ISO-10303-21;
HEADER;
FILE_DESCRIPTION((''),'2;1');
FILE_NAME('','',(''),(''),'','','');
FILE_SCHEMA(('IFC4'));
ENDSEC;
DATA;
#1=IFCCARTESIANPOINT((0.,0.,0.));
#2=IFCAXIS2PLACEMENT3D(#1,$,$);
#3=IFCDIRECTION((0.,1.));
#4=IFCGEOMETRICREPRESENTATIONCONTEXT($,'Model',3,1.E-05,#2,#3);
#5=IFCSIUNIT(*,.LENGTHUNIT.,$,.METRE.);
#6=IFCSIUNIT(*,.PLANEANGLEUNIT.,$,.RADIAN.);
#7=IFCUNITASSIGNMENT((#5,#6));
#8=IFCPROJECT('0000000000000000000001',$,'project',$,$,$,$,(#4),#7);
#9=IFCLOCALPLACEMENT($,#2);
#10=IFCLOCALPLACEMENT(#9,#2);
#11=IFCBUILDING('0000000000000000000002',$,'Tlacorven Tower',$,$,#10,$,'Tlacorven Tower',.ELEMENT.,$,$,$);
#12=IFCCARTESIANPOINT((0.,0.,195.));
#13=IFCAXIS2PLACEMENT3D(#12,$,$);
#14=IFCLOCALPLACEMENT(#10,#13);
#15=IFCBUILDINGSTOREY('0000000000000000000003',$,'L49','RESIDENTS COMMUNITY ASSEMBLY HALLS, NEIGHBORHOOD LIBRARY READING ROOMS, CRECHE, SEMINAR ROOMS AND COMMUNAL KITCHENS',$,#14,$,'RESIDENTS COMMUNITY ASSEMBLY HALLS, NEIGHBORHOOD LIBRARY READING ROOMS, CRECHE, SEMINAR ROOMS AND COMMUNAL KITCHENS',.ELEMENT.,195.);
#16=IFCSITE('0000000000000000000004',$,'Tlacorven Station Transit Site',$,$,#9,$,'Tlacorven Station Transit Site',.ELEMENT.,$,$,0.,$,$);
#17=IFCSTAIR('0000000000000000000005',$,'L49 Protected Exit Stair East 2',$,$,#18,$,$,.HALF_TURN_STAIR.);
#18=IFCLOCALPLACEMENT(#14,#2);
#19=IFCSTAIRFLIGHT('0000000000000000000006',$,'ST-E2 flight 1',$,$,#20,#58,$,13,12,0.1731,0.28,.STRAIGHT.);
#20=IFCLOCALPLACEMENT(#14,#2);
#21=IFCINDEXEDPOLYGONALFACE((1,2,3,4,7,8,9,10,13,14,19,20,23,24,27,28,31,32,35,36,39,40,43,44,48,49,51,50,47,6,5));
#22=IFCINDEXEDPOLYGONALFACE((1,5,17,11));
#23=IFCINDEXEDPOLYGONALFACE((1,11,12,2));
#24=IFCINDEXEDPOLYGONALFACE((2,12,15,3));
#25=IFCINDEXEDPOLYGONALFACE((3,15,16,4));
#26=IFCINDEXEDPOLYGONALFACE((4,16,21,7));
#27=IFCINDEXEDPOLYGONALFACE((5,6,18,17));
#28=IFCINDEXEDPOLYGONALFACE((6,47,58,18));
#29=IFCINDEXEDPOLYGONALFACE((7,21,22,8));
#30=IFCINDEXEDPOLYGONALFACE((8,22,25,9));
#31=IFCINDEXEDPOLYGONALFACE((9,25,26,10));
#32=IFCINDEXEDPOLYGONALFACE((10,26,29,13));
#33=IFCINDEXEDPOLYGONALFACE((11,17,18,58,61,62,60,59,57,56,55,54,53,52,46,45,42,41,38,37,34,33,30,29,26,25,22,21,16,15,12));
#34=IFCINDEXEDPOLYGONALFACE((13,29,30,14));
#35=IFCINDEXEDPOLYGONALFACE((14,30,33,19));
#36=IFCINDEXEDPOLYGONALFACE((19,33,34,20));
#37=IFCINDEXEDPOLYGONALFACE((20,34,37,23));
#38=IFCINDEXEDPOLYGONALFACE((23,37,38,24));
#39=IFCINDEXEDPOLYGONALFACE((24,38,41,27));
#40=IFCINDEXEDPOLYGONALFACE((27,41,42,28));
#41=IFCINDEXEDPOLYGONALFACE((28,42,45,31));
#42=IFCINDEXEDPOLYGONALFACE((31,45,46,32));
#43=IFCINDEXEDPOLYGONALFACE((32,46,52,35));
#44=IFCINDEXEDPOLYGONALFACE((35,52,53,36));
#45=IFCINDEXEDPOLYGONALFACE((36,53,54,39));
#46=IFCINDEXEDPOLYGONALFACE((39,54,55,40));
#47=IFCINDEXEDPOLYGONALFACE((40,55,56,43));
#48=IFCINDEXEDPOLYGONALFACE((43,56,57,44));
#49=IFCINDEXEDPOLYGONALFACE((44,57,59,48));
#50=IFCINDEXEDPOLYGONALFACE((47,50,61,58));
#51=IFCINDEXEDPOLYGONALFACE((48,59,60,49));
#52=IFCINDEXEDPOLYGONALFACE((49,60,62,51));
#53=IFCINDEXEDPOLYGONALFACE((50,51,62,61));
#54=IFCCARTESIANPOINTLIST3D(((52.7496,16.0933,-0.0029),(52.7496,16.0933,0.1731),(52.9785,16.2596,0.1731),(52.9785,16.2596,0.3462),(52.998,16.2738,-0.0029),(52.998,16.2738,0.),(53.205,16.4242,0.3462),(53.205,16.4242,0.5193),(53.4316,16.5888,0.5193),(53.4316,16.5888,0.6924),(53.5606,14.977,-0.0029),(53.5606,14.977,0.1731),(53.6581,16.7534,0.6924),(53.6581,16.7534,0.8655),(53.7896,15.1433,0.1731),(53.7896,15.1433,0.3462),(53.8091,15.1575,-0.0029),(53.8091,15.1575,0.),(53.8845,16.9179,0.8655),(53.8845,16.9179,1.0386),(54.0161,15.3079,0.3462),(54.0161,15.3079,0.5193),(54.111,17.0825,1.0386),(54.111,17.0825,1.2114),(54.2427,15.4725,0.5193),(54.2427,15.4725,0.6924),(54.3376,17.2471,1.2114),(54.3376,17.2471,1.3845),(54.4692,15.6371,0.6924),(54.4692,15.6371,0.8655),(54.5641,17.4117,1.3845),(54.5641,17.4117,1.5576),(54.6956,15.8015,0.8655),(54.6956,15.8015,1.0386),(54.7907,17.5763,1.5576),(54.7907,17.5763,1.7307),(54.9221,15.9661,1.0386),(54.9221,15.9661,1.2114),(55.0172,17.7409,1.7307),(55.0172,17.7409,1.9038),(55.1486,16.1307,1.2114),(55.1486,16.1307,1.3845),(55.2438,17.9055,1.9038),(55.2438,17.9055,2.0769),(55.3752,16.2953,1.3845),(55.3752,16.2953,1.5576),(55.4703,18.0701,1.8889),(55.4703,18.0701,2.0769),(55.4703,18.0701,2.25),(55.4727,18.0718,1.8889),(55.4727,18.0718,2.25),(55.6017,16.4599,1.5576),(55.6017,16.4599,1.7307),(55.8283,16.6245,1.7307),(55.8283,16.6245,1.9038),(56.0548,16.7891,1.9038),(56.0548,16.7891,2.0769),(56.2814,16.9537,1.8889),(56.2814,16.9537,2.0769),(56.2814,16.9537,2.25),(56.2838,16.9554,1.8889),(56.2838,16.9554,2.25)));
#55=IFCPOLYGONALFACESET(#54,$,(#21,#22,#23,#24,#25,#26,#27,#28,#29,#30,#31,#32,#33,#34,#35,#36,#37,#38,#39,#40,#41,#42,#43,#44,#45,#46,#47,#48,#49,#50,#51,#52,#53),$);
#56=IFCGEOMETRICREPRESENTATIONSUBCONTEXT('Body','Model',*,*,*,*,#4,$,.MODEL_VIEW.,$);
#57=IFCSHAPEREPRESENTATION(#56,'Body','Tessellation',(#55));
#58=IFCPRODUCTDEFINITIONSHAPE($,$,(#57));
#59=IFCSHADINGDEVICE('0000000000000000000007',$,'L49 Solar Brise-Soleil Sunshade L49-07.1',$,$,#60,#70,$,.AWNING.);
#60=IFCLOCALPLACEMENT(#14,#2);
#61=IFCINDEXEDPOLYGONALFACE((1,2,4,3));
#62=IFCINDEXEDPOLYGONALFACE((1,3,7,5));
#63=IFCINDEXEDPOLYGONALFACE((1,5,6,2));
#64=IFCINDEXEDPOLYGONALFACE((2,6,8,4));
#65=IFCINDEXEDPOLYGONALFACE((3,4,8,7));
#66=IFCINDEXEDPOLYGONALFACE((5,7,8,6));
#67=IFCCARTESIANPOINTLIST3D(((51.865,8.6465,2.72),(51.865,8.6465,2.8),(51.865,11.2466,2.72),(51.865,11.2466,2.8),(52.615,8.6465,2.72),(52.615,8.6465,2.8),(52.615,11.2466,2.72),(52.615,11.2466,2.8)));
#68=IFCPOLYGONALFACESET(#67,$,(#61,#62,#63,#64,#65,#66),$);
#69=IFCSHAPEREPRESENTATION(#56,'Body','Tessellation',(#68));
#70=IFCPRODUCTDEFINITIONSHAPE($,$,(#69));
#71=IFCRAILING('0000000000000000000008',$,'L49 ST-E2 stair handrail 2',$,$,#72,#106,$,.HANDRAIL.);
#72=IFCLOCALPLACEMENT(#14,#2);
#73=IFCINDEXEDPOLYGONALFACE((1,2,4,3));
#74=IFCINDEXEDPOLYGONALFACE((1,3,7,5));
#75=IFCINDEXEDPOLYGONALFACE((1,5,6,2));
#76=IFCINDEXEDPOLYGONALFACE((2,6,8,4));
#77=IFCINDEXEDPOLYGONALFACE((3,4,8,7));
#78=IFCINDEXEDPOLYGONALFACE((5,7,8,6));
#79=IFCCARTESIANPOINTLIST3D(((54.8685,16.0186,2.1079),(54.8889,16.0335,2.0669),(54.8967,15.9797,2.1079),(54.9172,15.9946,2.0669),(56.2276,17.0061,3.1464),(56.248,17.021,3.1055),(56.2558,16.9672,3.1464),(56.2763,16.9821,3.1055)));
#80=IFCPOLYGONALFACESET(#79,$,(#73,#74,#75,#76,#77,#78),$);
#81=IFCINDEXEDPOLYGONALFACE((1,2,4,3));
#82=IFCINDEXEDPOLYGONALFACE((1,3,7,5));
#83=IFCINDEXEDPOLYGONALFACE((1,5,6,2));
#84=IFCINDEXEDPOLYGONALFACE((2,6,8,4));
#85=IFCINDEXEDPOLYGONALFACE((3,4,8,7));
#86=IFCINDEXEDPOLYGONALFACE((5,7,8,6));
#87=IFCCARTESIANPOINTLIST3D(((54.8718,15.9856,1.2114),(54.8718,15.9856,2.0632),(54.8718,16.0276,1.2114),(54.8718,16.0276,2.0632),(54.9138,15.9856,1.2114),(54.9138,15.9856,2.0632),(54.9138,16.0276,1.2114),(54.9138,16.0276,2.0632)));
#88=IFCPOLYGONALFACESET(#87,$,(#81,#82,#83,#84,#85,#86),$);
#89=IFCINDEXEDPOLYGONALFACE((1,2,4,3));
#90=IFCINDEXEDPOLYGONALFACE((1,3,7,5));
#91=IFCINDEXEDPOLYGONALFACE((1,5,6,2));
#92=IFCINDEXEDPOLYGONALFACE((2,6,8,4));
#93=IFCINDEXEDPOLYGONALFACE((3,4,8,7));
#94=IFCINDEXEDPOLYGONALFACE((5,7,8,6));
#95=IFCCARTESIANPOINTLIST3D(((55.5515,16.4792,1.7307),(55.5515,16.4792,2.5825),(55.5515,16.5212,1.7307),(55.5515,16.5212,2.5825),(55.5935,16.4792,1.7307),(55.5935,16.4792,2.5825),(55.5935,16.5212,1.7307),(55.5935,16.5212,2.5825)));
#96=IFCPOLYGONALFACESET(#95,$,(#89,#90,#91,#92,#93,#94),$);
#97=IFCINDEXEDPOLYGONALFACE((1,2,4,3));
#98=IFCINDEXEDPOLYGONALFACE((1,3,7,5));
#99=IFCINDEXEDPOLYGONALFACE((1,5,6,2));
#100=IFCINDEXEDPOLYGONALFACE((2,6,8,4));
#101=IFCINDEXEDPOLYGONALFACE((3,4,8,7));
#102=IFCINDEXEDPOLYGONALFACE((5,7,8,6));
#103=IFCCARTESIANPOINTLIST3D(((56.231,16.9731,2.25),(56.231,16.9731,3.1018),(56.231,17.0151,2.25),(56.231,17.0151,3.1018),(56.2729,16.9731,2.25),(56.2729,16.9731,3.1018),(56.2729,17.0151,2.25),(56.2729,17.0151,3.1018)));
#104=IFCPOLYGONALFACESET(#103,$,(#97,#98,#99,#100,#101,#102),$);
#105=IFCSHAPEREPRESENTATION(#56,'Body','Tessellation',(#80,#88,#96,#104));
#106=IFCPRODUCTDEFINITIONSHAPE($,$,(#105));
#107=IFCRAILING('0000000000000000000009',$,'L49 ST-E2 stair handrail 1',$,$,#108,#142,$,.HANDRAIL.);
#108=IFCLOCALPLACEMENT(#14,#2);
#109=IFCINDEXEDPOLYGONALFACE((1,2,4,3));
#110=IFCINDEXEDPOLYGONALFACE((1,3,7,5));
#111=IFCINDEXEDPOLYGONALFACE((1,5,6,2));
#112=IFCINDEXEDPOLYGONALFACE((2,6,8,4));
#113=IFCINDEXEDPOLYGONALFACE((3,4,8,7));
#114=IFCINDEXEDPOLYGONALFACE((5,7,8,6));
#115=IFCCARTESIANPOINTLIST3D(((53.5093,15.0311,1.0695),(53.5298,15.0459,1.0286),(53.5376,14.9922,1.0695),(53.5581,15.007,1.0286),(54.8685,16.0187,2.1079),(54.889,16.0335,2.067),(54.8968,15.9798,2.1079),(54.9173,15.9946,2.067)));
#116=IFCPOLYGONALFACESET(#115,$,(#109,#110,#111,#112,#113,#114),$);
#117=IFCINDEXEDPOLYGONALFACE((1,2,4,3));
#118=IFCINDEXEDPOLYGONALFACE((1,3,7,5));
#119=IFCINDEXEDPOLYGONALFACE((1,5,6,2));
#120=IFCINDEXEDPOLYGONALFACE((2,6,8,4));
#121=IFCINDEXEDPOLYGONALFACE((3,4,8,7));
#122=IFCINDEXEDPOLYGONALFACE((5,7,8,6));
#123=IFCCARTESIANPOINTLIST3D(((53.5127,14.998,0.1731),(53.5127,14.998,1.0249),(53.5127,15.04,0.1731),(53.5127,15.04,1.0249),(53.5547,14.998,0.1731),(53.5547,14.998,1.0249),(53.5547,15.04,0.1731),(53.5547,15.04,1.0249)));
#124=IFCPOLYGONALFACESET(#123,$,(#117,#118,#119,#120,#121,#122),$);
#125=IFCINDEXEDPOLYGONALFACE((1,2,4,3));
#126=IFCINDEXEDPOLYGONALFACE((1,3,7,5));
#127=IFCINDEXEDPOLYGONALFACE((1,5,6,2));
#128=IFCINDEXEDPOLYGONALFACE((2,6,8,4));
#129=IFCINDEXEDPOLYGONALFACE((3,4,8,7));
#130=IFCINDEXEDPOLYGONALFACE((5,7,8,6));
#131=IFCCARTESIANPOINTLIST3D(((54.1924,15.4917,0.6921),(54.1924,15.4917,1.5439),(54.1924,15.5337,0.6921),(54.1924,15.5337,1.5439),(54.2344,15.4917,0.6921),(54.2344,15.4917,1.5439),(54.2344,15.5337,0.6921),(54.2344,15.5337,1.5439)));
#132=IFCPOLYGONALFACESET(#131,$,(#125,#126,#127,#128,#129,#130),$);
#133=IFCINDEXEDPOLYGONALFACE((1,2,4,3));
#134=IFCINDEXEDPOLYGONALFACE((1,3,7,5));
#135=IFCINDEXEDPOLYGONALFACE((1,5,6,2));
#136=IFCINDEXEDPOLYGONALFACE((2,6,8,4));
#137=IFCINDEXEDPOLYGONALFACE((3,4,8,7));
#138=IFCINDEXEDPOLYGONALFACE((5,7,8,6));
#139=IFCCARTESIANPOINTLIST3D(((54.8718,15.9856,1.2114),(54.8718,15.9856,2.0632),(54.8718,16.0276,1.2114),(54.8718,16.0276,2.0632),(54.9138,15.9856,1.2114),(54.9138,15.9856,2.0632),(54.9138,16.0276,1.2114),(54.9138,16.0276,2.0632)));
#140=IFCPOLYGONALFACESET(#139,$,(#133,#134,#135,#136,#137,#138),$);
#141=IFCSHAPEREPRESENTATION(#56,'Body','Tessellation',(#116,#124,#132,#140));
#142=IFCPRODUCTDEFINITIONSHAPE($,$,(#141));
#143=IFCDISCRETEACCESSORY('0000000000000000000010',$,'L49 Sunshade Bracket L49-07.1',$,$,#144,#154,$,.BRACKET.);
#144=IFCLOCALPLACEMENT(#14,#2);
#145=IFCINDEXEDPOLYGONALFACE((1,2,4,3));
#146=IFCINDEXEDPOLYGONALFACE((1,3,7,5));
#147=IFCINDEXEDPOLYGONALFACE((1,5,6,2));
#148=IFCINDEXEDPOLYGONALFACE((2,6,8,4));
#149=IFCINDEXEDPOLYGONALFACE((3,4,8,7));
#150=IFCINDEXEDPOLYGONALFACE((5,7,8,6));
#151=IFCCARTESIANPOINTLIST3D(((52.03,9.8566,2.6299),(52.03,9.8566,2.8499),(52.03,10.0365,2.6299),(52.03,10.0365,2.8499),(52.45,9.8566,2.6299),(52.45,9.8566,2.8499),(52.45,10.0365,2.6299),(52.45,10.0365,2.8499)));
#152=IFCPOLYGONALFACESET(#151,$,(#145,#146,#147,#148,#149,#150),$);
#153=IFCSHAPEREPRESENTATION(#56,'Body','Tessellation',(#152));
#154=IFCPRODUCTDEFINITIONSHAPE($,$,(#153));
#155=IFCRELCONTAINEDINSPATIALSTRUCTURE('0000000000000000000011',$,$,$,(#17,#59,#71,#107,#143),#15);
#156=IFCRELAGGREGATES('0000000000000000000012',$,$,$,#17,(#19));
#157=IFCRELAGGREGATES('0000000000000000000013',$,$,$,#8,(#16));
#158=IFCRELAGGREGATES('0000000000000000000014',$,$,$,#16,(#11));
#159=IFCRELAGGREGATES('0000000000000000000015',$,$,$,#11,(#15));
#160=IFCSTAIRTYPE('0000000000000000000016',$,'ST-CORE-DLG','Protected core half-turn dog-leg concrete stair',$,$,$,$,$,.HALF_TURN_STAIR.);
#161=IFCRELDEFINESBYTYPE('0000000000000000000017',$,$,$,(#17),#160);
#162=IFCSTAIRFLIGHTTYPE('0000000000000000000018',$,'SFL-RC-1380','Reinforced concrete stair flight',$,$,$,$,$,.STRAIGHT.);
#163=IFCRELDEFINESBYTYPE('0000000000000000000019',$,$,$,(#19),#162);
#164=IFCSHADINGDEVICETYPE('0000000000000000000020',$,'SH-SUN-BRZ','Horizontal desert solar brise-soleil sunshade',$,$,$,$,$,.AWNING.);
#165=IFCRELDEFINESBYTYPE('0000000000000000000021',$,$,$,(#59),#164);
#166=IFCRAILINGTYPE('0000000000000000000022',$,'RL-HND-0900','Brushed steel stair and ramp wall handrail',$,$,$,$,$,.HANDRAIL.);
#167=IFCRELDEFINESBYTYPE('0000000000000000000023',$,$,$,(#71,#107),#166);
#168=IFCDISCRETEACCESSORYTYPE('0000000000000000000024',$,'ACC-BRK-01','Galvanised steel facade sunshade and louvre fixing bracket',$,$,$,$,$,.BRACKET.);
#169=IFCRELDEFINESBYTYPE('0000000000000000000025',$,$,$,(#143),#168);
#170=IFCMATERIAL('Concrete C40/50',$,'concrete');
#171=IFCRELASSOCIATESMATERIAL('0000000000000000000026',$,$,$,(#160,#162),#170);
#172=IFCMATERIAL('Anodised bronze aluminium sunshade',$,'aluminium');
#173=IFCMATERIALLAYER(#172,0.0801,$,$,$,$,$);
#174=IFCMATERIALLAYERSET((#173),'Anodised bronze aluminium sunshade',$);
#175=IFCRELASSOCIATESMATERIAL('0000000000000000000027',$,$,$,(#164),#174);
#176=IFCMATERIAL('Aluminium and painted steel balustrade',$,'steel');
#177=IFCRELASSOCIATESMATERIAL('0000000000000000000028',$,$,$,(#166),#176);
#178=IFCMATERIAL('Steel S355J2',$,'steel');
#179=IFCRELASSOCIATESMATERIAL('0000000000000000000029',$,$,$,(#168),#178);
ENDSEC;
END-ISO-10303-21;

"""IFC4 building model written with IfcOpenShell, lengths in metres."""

from ifc_helpers import new_model, si_unit, direction, frame, origin, origin_2d, place, context, subcontext, project, spatial, polyline, rectangle, outline, extrude, source, transform, mapped, material, layer, layer_set, type_object, element, aggregate, save


model = new_model("IFC4")

# Units and contexts
model_context = context("Model", 3, precision=1e-05, world=origin(), true_north=direction((0.0, 1.0)))
body_context = subcontext(model_context, "Body", "Model", "MODEL_VIEW")
ifc_project = project(units=[si_unit("LENGTHUNIT", "METRE"), si_unit("PLANEANGLEUNIT", "RADIAN")], contexts=[model_context])

# Site, building, storey
site_placement = place(None, origin())
site = spatial("IfcSite", under=ifc_project, at=site_placement, Name="Tlacorven Station Transit Site", LongName="Tlacorven Station Transit Site", CompositionType="ELEMENT", RefElevation=0.0)
building_placement = place(site_placement, origin())
building = spatial("IfcBuilding", under=site, at=building_placement, Name="Tlacorven Tower", LongName="Tlacorven Tower", CompositionType="ELEMENT")
storey_placement = place(building_placement, frame((0.0, 0.0, 195.0)))
storey = spatial("IfcBuildingStorey", under=building, at=storey_placement, Name="L49", Description="RESIDENTS COMMUNITY ASSEMBLY HALLS, NEIGHBORHOOD LIBRARY READING ROOMS, CRECHE, SEMINAR ROOMS AND COMMUNAL KITCHENS", LongName="RESIDENTS COMMUNITY ASSEMBLY HALLS, NEIGHBORHOOD LIBRARY READING ROOMS, CRECHE, SEMINAR ROOMS AND COMMUNAL KITCHENS", CompositionType="ELEMENT", Elevation=195.0)

# Stair, stair flight
ifc_material_1 = material(Name="Concrete C40/50", Category="concrete")
stair_type = type_object("IfcStairType", Name="ST-CORE-DLG", Description="Protected core half-turn dog-leg concrete stair", PredefinedType="HALF_TURN_STAIR", material=ifc_material_1)
stair_placement = place(storey_placement, origin())
stair = element("IfcStair", 1, at=stair_placement, inside=storey, type_object=stair_type, Name="L49 Protected Exit Stair East 2", PredefinedType="HALF_TURN_STAIR")
stair_flight_type = type_object("IfcStairFlightType", Name="SFL-RC-1380", Description="Reinforced concrete stair flight", PredefinedType="STRAIGHT", material=ifc_material_1)
shared_shape_1 = source(origin(), body_context, "Body", "SweptSolid", [
    extrude(outline(polyline([(-0.0029, -0.0029), (-0.0029, 0.1731), (0.28, 0.1731), (0.28, 0.3462), (0.5601, 0.3462), (0.5601, 0.5193), (0.8401, 0.5193), (0.8401, 0.6924), (1.1201, 0.6924), (1.1201, 0.8655), (1.3999, 0.8655), (1.3999, 1.0386), (1.6799, 1.0386), (1.6799, 1.2114), (1.96, 1.2114), (1.96, 1.3845), (2.24, 1.3845), (2.24, 1.5576), (2.52, 1.5576), (2.52, 1.7307), (2.8, 1.7307), (2.8, 1.9038), (3.0801, 1.9038), (3.0801, 2.0769), (3.3601, 2.0769), (3.3601, 2.25), (3.363, 2.25), (3.363, 1.8889), (3.3601, 1.8889), (0.3042, 0.0), (0.3042, -0.0029), (-0.0029, -0.0029)])), frame((0.0, 0.6899, 0.0), z_axis=(0.0, -1.0, 0.0), x_axis=(1.0, 0.0, 0.0)), (0.0, 0.0, 1.0), 1.3799),
])
stair_flight_placement = place(storey_placement, frame((53.1575, 15.5369, 0.0), z_axis=(0.0, 0.0, 1.0), x_axis=(0.809017, 0.587785, 0.0)))
stair_flight = element("IfcStairFlight", 2, at=stair_flight_placement, type_object=stair_flight_type, Name="ST-E2 flight 1", NumberOfRisers=13, NumberOfTreads=12, PredefinedType="STRAIGHT", RiserHeight=0.1731, TreadLength=0.28, context=body_context, shape_type="MappedRepresentation", body=[
    mapped(shared_shape_1, transform((0.0, 0.0, 0.0), scale=1.0)),
])
aggregate(stair, [stair_flight])

# Shading device
ifc_material_2 = material(Name="Anodised bronze aluminium sunshade", Category="aluminium")
ifc_layer_1 = layer(ifc_material_2, 0.0801)
ifc_layer_set_1 = layer_set([ifc_layer_1], Name="Anodised bronze aluminium sunshade")
shading_device_type = type_object("IfcShadingDeviceType", Name="SH-SUN-BRZ", Description="Horizontal desert solar brise-soleil sunshade", PredefinedType="AWNING", material=ifc_layer_set_1)
shared_shape_2 = source(origin(), body_context, "Body", "SweptSolid", [
    extrude(rectangle(XDim=2.6001, YDim=0.75, at=origin_2d()), origin(), (0.0, 0.0, 1.0), 0.0801),
])
shading_device_placement = place(storey_placement, frame((52.24, 9.9465, 2.72), z_axis=(0.0, 0.0, 1.0), x_axis=(0.0, -1.0, 0.0)))
element("IfcShadingDevice", 3, at=shading_device_placement, inside=storey, type_object=shading_device_type, Name="L49 Solar Brise-Soleil Sunshade L49-07.1", PredefinedType="AWNING", context=body_context, shape_type="MappedRepresentation", body=[
    mapped(shared_shape_2, transform((0.0, 0.0, 0.0), scale=1.0)),
])

# Railings
ifc_material_3 = material(Name="Aluminium and painted steel balustrade", Category="steel")
railing_type = type_object("IfcRailingType", Name="RL-HND-0900", Description="Brushed steel stair and ramp wall handrail", PredefinedType="HANDRAIL", material=ifc_material_3)
shared_shape_3 = source(origin(), body_context, "Body", "SweptSolid", [
    extrude(rectangle(XDim=0.0481, YDim=0.0481, at=origin_2d()), frame((0.0, 0.0, 0.876), z_axis=(0.688123, 0.499993, 0.525827), x_axis=(-0.587817, 0.808994, 0.0)), (0.0, 0.0, 1.0), 1.9751),
    extrude(rectangle(XDim=0.042, YDim=0.042, at=origin_2d()), origin(), (0.0, 0.0, 1.0), 0.8518),
    extrude(rectangle(XDim=0.042, YDim=0.042, at=origin_2d()), frame((0.6797, 0.4937, 0.5193)), (0.0, 0.0, 1.0), 0.8518),
    extrude(rectangle(XDim=0.042, YDim=0.042, at=origin_2d()), frame((1.3591, 0.9875, 1.0386)), (0.0, 0.0, 1.0), 0.8518),
])
railing_1_placement = place(storey_placement, frame((54.8928, 16.0066, 1.2114)))
element("IfcRailing", 4, at=railing_1_placement, inside=storey, type_object=railing_type, Name="L49 ST-E2 stair handrail 2", PredefinedType="HANDRAIL", context=body_context, shape_type="MappedRepresentation", body=[
    mapped(shared_shape_3, transform((0.0, 0.0, 0.0), scale=1.0)),
])
shared_shape_4 = source(origin(), body_context, "Body", "SweptSolid", [
    extrude(rectangle(XDim=0.0481, YDim=0.0481, at=origin_2d()), frame((0.0, 0.0, 0.876), z_axis=(0.688168, 0.500025, 0.525737), x_axis=(-0.587817, 0.808994, 0.0)), (0.0, 0.0, 1.0), 1.9751),
    extrude(rectangle(XDim=0.042, YDim=0.042, at=origin_2d()), origin(), (0.0, 0.0, 1.0), 0.8518),
    extrude(rectangle(XDim=0.042, YDim=0.042, at=origin_2d()), frame((0.6797, 0.4937, 0.519)), (0.0, 0.0, 1.0), 0.8518),
    extrude(rectangle(XDim=0.042, YDim=0.042, at=origin_2d()), frame((1.3591, 0.9875, 1.0383)), (0.0, 0.0, 1.0), 0.8518),
])
railing_2_placement = place(storey_placement, frame((53.5337, 15.019, 0.1731)))
element("IfcRailing", 5, at=railing_2_placement, inside=storey, type_object=railing_type, Name="L49 ST-E2 stair handrail 1", PredefinedType="HANDRAIL", context=body_context, shape_type="MappedRepresentation", body=[
    mapped(shared_shape_4, transform((0.0, 0.0, 0.0), scale=1.0)),
])

# Discrete accessory
ifc_material_4 = material(Name="Steel S355J2", Category="steel")
discrete_accessory_type = type_object("IfcDiscreteAccessoryType", Name="ACC-BRK-01", Description="Galvanised steel facade sunshade and louvre fixing bracket", PredefinedType="BRACKET", material=ifc_material_4)
shared_shape_5 = source(origin(), body_context, "Body", "SweptSolid", [
    extrude(rectangle(XDim=0.1799, YDim=0.4199, at=origin_2d()), origin(), (0.0, 0.0, 1.0), 0.22),
])
discrete_accessory_placement = place(storey_placement, frame((52.24, 9.9465, 2.6299), z_axis=(0.0, 0.0, 1.0), x_axis=(0.0, -1.0, 0.0)))
element("IfcDiscreteAccessory", 6, at=discrete_accessory_placement, inside=storey, type_object=discrete_accessory_type, Name="L49 Sunshade Bracket L49-07.1", PredefinedType="BRACKET", context=body_context, shape_type="MappedRepresentation", body=[
    mapped(shared_shape_5, transform((0.0, 0.0, 0.0), scale=1.0)),
])

save(model, "model.ifc")
